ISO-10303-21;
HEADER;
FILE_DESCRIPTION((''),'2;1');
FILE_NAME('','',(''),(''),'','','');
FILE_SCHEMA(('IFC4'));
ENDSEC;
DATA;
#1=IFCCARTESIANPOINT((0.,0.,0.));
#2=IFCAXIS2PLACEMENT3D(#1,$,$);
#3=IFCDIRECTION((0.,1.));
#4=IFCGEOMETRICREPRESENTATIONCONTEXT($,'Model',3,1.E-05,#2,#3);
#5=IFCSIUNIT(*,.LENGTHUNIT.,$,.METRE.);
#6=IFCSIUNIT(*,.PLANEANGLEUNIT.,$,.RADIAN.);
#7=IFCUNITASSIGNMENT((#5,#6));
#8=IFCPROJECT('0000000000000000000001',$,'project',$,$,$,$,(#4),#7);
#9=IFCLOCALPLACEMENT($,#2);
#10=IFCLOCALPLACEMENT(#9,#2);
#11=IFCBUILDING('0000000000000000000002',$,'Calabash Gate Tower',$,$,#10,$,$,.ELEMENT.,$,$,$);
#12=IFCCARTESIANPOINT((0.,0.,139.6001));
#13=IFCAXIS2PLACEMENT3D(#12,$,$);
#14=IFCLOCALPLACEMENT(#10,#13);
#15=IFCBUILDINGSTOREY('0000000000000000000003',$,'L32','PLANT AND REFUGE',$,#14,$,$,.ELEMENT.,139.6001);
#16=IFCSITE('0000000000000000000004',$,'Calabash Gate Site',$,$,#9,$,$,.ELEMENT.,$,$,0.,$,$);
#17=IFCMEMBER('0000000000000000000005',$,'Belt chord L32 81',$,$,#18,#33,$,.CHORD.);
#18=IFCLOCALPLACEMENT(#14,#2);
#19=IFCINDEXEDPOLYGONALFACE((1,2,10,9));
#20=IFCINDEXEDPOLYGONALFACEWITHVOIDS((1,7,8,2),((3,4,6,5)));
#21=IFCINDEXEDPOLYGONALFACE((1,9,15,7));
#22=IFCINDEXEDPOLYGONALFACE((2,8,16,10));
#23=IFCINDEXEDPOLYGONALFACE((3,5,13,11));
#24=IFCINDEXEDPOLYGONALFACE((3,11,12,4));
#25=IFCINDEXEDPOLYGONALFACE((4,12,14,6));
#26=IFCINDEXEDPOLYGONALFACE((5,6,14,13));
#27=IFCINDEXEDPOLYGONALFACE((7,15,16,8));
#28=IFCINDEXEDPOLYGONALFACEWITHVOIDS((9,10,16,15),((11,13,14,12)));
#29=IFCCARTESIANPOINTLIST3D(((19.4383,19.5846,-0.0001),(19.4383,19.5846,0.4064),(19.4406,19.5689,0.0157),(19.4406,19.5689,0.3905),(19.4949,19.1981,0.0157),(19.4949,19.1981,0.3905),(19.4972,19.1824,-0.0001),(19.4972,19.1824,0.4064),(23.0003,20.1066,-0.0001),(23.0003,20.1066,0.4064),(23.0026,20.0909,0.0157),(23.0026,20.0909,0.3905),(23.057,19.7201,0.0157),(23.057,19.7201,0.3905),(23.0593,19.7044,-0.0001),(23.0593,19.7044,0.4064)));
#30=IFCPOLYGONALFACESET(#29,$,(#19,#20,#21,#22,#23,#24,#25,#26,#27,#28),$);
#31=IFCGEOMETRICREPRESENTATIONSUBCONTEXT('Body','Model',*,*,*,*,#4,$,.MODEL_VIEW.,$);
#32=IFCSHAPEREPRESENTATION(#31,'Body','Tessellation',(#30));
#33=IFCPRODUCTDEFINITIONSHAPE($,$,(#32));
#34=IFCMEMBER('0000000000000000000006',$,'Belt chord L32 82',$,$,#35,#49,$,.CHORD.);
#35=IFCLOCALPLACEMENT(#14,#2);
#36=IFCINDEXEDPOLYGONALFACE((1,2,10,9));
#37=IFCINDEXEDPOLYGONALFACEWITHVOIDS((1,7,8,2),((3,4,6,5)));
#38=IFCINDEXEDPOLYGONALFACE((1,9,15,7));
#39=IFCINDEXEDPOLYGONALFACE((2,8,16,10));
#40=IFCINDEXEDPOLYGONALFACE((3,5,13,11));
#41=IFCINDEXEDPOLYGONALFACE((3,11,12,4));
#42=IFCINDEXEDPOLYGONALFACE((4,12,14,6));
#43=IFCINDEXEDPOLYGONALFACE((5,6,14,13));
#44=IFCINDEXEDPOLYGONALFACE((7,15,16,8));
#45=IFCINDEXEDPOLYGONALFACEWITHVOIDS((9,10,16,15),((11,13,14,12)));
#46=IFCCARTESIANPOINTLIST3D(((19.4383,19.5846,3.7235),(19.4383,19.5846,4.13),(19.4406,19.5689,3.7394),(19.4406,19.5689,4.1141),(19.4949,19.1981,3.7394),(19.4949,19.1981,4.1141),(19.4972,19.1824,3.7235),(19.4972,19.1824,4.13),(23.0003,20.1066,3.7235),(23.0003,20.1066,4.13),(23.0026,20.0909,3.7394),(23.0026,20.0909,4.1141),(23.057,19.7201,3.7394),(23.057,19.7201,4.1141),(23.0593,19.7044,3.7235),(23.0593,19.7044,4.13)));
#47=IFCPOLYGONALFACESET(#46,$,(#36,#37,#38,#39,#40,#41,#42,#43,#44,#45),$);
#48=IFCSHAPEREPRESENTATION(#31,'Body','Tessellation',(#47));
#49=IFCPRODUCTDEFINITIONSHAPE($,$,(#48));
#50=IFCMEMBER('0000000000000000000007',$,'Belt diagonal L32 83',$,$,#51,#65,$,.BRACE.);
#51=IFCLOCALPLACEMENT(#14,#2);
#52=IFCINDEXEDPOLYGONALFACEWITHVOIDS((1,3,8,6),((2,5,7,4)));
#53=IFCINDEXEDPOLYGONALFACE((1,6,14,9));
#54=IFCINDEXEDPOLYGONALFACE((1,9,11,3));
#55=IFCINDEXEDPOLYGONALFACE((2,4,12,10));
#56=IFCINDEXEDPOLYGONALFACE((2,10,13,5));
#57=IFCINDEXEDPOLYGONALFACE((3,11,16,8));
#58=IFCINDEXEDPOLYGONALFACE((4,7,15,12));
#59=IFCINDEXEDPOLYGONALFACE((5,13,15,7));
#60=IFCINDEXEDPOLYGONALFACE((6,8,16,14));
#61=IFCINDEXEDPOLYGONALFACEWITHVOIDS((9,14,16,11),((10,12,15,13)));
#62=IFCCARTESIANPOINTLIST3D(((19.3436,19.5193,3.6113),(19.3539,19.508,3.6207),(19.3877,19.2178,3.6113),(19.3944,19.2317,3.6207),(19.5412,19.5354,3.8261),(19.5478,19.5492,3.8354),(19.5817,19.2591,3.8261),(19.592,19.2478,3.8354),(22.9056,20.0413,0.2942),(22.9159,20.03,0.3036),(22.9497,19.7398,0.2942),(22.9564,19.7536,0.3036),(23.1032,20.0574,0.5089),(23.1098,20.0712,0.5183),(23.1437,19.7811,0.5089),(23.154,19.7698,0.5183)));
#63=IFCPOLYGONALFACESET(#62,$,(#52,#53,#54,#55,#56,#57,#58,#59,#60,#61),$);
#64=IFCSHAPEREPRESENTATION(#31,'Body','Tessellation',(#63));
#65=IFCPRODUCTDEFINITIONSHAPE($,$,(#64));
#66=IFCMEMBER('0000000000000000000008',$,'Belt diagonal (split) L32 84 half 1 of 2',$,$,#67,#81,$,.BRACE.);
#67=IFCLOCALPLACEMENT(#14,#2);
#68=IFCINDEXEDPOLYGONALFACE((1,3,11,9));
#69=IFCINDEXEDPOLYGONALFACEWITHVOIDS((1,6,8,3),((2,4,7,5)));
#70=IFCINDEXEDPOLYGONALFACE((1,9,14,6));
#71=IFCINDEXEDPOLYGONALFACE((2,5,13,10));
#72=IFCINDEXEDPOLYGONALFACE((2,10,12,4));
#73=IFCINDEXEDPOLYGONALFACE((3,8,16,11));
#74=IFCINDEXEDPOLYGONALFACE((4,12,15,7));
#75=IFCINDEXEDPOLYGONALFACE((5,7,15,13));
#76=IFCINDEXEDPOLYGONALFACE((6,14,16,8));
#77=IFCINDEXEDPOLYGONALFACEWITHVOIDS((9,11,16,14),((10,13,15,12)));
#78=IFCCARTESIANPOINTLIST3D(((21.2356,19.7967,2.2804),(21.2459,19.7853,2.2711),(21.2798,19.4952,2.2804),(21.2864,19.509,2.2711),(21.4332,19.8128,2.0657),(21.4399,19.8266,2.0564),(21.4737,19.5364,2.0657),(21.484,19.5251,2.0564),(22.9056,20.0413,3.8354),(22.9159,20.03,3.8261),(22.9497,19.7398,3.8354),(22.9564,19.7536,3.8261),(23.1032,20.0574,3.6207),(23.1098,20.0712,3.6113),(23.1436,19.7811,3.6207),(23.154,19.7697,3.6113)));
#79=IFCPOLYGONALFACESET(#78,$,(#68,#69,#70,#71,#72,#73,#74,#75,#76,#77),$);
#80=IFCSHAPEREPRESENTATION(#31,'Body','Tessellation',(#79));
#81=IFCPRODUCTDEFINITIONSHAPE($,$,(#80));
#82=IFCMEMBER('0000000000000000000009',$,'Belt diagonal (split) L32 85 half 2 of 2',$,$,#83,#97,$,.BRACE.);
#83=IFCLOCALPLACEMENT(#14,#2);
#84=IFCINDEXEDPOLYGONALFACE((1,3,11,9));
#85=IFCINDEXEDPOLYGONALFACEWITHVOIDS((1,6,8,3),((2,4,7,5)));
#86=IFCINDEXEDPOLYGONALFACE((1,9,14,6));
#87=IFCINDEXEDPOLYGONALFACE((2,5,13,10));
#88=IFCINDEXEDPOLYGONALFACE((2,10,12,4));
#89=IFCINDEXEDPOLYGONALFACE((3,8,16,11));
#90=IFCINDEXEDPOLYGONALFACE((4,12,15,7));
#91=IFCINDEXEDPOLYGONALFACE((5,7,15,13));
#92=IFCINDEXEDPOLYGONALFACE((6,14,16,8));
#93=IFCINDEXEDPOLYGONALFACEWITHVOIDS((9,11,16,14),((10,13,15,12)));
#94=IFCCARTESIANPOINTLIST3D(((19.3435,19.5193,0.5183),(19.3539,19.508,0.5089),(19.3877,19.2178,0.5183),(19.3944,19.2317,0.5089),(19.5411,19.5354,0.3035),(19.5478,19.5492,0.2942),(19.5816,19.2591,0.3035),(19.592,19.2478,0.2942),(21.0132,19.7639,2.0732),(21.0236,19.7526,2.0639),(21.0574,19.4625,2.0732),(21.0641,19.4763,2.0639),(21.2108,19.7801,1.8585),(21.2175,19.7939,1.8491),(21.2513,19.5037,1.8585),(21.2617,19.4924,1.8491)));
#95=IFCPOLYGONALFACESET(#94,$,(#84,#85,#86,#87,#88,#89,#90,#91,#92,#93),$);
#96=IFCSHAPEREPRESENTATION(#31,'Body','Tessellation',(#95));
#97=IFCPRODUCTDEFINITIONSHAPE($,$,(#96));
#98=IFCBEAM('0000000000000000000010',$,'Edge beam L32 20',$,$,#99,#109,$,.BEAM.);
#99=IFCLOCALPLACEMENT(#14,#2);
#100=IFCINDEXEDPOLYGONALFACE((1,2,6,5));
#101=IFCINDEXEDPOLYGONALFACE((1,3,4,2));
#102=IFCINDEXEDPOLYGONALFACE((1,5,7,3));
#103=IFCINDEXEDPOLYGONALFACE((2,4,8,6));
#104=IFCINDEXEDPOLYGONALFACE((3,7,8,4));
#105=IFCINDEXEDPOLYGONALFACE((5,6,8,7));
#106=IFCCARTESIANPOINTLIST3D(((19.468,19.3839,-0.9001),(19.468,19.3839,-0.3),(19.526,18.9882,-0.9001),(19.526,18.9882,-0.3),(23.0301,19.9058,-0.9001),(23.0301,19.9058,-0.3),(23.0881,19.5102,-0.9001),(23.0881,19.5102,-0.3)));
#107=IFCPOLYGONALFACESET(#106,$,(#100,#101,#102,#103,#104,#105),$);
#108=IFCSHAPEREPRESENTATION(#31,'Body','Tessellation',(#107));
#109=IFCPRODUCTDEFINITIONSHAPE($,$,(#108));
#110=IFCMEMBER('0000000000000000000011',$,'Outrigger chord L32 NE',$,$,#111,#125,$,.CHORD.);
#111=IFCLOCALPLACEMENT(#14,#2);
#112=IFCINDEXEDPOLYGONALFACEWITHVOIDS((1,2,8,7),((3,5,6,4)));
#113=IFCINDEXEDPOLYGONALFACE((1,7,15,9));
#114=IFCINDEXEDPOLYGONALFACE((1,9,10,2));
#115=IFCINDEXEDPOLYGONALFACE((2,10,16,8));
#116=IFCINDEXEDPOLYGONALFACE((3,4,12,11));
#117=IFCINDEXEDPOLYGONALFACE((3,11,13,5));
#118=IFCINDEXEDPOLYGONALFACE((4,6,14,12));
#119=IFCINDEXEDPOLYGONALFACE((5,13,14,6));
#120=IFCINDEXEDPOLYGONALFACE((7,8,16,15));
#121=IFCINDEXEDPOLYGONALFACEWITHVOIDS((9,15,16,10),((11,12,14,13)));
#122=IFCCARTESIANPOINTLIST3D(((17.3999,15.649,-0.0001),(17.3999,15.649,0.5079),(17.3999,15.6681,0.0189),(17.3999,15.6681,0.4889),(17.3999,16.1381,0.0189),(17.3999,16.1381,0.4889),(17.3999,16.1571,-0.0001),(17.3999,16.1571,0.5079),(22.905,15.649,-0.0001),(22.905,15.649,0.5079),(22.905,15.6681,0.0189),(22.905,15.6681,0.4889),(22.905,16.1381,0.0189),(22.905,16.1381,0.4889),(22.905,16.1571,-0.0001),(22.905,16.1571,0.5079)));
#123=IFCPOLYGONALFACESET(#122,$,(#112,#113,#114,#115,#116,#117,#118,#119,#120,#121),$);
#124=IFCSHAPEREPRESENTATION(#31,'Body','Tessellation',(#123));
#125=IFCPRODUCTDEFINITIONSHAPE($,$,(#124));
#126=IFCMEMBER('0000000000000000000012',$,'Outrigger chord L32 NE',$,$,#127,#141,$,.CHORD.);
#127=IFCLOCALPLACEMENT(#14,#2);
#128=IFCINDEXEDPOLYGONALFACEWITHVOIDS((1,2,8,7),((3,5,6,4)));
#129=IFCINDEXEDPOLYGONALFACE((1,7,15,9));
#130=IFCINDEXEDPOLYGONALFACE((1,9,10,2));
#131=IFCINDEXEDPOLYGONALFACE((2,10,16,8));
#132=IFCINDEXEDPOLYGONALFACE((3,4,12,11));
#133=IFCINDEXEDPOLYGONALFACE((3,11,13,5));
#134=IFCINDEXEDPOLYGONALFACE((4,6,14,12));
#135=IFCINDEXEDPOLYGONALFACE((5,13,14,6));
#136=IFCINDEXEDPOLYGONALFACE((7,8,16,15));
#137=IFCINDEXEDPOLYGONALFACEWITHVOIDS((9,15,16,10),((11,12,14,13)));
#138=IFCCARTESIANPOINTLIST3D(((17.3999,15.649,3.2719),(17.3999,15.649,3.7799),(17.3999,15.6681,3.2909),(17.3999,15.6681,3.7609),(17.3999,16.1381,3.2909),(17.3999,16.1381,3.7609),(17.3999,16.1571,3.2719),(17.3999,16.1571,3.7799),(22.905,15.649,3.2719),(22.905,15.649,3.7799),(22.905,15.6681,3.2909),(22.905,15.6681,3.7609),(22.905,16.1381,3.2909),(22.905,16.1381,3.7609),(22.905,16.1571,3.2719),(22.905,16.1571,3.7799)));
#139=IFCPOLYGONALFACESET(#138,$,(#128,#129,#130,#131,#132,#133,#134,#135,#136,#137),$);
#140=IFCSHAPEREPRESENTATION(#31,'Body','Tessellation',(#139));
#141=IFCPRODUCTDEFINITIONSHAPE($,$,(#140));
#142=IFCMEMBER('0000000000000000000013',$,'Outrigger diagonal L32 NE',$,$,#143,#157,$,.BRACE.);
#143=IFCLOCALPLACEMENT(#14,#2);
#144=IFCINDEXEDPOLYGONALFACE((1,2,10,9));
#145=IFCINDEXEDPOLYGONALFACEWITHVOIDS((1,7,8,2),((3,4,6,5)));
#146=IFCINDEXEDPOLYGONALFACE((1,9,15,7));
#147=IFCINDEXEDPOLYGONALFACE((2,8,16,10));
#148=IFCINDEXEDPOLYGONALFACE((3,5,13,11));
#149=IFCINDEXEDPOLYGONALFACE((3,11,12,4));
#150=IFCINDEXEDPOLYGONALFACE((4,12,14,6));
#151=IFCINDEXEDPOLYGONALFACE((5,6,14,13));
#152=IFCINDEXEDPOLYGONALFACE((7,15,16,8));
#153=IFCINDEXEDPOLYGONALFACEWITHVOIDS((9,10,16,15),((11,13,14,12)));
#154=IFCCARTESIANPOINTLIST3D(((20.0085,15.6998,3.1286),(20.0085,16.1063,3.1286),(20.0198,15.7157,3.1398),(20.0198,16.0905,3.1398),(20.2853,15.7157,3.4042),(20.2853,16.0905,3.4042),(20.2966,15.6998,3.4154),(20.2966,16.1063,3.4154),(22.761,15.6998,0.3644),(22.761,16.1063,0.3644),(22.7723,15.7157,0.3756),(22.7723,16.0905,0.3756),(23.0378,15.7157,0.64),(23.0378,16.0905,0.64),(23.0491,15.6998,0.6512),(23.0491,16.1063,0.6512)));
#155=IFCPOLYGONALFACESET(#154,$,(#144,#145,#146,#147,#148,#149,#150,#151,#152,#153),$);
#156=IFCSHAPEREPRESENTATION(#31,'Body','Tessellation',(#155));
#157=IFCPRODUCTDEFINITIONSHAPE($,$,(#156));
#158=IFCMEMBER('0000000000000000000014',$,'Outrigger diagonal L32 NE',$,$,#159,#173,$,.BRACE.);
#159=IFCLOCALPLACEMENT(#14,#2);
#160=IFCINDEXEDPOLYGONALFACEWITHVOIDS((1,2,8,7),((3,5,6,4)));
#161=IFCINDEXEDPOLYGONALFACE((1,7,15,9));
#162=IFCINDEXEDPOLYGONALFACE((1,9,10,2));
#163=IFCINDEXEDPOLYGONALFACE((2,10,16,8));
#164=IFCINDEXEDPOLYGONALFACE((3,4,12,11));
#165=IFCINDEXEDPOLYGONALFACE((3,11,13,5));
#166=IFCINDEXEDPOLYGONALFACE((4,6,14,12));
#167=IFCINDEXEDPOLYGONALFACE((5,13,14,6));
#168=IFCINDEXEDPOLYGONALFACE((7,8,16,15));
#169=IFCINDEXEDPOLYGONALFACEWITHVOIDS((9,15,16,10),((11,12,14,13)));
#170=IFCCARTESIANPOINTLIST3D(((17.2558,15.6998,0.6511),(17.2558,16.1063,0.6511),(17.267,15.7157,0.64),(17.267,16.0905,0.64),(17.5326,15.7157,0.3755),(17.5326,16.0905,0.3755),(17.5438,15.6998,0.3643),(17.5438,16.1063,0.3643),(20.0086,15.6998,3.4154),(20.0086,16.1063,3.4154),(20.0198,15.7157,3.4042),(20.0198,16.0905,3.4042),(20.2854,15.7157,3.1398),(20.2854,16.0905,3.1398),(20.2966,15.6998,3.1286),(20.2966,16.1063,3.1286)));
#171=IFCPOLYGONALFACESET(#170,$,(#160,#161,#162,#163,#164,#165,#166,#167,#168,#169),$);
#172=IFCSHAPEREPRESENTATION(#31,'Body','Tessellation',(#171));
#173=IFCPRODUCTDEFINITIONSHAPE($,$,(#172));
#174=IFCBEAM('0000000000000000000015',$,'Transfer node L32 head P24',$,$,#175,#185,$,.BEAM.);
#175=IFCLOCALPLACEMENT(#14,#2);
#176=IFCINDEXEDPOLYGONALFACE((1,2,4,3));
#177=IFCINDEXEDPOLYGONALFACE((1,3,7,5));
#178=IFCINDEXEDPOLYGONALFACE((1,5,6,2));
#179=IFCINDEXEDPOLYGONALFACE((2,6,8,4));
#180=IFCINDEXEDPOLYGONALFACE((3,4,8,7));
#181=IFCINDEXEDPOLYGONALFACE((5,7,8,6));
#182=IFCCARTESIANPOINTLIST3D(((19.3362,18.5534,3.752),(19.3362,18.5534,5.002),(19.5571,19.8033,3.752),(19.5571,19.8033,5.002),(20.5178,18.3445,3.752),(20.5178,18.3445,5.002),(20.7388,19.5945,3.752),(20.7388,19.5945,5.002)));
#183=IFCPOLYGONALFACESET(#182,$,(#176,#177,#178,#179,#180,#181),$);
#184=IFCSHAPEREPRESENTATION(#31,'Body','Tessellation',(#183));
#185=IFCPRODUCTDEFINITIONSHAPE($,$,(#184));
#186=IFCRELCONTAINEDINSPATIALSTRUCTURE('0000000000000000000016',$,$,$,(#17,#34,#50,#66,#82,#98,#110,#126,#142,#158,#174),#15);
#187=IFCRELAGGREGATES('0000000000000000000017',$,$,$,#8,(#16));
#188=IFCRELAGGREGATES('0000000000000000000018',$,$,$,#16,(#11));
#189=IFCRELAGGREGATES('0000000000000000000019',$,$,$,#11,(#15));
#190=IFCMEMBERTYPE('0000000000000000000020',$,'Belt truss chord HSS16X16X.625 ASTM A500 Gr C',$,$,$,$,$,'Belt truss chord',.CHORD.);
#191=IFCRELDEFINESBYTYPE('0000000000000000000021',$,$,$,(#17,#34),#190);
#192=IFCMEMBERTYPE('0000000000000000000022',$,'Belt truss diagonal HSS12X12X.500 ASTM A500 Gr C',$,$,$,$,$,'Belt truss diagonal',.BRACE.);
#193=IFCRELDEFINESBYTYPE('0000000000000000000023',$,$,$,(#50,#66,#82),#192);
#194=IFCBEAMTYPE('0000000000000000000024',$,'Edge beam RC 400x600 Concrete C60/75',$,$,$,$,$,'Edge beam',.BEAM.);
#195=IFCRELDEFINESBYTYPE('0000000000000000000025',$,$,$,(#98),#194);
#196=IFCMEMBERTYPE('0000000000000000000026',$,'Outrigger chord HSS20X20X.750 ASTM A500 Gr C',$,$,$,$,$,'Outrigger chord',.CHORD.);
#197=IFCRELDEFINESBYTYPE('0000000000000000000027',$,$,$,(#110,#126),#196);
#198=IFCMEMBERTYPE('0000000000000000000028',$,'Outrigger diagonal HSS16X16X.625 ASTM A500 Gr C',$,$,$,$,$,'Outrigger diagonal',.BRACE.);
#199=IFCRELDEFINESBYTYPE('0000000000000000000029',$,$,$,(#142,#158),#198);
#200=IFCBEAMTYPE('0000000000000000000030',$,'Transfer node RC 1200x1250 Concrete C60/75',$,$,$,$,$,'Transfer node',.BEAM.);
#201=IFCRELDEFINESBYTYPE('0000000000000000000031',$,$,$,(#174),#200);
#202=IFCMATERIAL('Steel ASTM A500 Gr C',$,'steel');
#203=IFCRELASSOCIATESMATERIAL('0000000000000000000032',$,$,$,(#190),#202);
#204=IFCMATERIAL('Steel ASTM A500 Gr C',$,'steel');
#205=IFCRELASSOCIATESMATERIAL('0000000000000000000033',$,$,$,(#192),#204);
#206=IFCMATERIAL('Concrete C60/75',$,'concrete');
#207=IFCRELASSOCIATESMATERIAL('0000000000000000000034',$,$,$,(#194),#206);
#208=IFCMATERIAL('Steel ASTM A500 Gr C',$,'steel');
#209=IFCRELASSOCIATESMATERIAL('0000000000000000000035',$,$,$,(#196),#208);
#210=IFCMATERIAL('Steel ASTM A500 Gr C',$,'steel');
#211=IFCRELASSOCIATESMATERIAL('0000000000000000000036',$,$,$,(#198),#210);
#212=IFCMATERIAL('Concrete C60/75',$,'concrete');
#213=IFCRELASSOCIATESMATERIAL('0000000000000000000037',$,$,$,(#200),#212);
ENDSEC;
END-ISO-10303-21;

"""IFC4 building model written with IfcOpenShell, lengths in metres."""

from ifc_helpers import new_model, si_unit, direction, frame, origin, origin_2d, place, context, subcontext, project, spatial, rectangle, hollow_rectangle, extrude, material, material_profile, profile_set, type_object, element, save


model = new_model("IFC4")

# Units and contexts
model_context = context("Model", 3, precision=1e-05, world=origin(), true_north=direction((0.0, 1.0)))
body_context = subcontext(model_context, "Body", "Model", "MODEL_VIEW")
ifc_project = project(units=[si_unit("LENGTHUNIT", "METRE"), si_unit("PLANEANGLEUNIT", "RADIAN")], contexts=[model_context])

# Site, building, storey
site_placement = place(None, origin())
site = spatial("IfcSite", under=ifc_project, at=site_placement, Name="Calabash Gate Site", CompositionType="ELEMENT", RefElevation=0.0)
building_placement = place(site_placement, origin())
building = spatial("IfcBuilding", under=site, at=building_placement, Name="Calabash Gate Tower", CompositionType="ELEMENT")
storey_placement = place(building_placement, frame((0.0, 0.0, 139.6001)))
storey = spatial("IfcBuildingStorey", under=building, at=storey_placement, Name="L32", Description="PLANT AND REFUGE", CompositionType="ELEMENT", Elevation=139.6001)

# Members
ifc_material_1 = material(Name="Steel ASTM A500 Gr C", Category="steel")
ifc_material_profile_1 = material_profile(ifc_material_1, hollow_rectangle(XDim=0.4065, YDim=0.4065, WallThickness=0.0159, at=origin_2d()))
ifc_profile_set_1 = profile_set([ifc_material_profile_1], Name="Steel ASTM A500 Gr C")
member_type_1 = type_object("IfcMemberType", Name="Belt truss chord HSS16X16X.625 ASTM A500 Gr C", ElementType="Belt truss chord", PredefinedType="CHORD", material=ifc_profile_set_1)
for number, where, z_axis, x_axis, name in (
    (1, (23.0298, 19.9055, 0.2031), (-0.989433, -0.14499, 0.0), (0.14499, -0.989433, 0.0), "Belt chord L32 81"),
    (2, (23.0298, 19.9055, 3.9268), (-0.989433, -0.14499, 0.0), (0.14499, -0.989433, 0.0), "Belt chord L32 82"),
):
    element("IfcMember", number, at=place(storey_placement, frame(where, z_axis=z_axis, x_axis=x_axis)), inside=storey, type_object=member_type_1, Name=name, PredefinedType="CHORD", context=body_context, shape_type="SweptSolid", body=[
        extrude(hollow_rectangle(XDim=0.4065, YDim=0.4065, WallThickness=0.0159, at=origin_2d()), origin(), (0.0, 0.0, 1.0), 3.6001),
    ])
ifc_material_2 = material(Name="Steel ASTM A500 Gr C", Category="steel")
ifc_material_profile_2 = material_profile(ifc_material_2, hollow_rectangle(XDim=0.3047, YDim=0.3047, WallThickness=0.0127, at=origin_2d()))
ifc_profile_set_2 = profile_set([ifc_material_profile_2], Name="Steel ASTM A500 Gr C")
member_type_2 = type_object("IfcMemberType", Name="Belt truss diagonal HSS12X12X.500 ASTM A500 Gr C", ElementType="Belt truss diagonal", PredefinedType="BRACE", material=ifc_profile_set_2)
member_1_placement = place(storey_placement, frame((23.0298, 19.9055, 0.4062), z_axis=(-0.727642, -0.106628, 0.677619), x_axis=(0.14499, -0.989433, 0.0)))
element("IfcMember", 3, at=member_1_placement, inside=storey, type_object=member_type_2, Name="Belt diagonal L32 83", PredefinedType="BRACE", context=body_context, shape_type="SweptSolid", body=[
    extrude(hollow_rectangle(XDim=0.3047, YDim=0.3047, WallThickness=0.0127, at=origin_2d()), origin(), (0.0, 0.0, 1.0), 4.8953),
])
member_2_placement = place(storey_placement, frame((23.0298, 19.9055, 3.7234), z_axis=(-0.727685, -0.1066, -0.677577), x_axis=(0.144944, -0.98944, 0.0)))
element("IfcMember", 4, at=member_2_placement, inside=storey, type_object=member_type_2, Name="Belt diagonal (split) L32 84 half 1 of 2", PredefinedType="BRACE", context=body_context, shape_type="SweptSolid", body=[
    extrude(hollow_rectangle(XDim=0.3047, YDim=0.3047, WallThickness=0.0127, at=origin_2d()), origin(), (0.0, 0.0, 1.0), 2.2949),
])
member_3_placement = place(storey_placement, frame((21.1375, 19.6282, 1.9612), z_axis=(-0.727635, -0.106608, -0.67763), x_axis=(0.144965, -0.989437, 0.0)))
element("IfcMember", 5, at=member_3_placement, inside=storey, type_object=member_type_2, Name="Belt diagonal (split) L32 85 half 2 of 2", PredefinedType="BRACE", context=body_context, shape_type="SweptSolid", body=[
    extrude(hollow_rectangle(XDim=0.3047, YDim=0.3047, WallThickness=0.0127, at=origin_2d()), origin(), (0.0, 0.0, 1.0), 2.2947),
])

# Beam
ifc_material_3 = material(Name="Concrete C60/75", Category="concrete")
ifc_material_profile_3 = material_profile(ifc_material_3, rectangle(XDim=0.3999, YDim=0.6001, at=origin_2d()))
ifc_profile_set_3 = profile_set([ifc_material_profile_3], Name="Concrete C60/75")
beam_type_1 = type_object("IfcBeamType", Name="Edge beam RC 400x600 Concrete C60/75", ElementType="Edge beam", PredefinedType="BEAM", material=ifc_profile_set_3)
beam_1_placement = place(storey_placement, frame((23.0591, 19.708, -0.6001), z_axis=(-0.989433, -0.14499, 0.0), x_axis=(0.14499, -0.989433, 0.0)))
element("IfcBeam", 6, at=beam_1_placement, inside=storey, type_object=beam_type_1, Name="Edge beam L32 20", PredefinedType="BEAM", context=body_context, shape_type="SweptSolid", body=[
    extrude(rectangle(XDim=0.3999, YDim=0.6001, at=origin_2d()), origin(), (0.0, 0.0, 1.0), 3.6001),
])

# Members
ifc_material_4 = material(Name="Steel ASTM A500 Gr C", Category="steel")
ifc_material_profile_4 = material_profile(ifc_material_4, hollow_rectangle(XDim=0.5081, YDim=0.5081, WallThickness=0.019, at=origin_2d()))
ifc_profile_set_4 = profile_set([ifc_material_profile_4], Name="Steel ASTM A500 Gr C")
member_type_3 = type_object("IfcMemberType", Name="Outrigger chord HSS20X20X.750 ASTM A500 Gr C", ElementType="Outrigger chord", PredefinedType="CHORD", material=ifc_profile_set_4)
for number, where, z_axis, x_axis, name in (
    (7, (22.905, 15.9031, 0.2539), (-1.0, 0.0, 0.0), (0.0, -1.0, 0.0), "Outrigger chord L32 NE"),
    (8, (22.905, 15.9031, 3.5259), (-1.0, 0.0, 0.0), (0.0, -1.0, 0.0), "Outrigger chord L32 NE"),
):
    element("IfcMember", number, at=place(storey_placement, frame(where, z_axis=z_axis, x_axis=x_axis)), inside=storey, type_object=member_type_3, Name=name, PredefinedType="CHORD", context=body_context, shape_type="SweptSolid", body=[
        extrude(hollow_rectangle(XDim=0.5081, YDim=0.5081, WallThickness=0.019, at=origin_2d()), origin(), (0.0, 0.0, 1.0), 5.5051),
    ])
ifc_material_5 = material(Name="Steel ASTM A500 Gr C", Category="steel")
ifc_material_profile_5 = material_profile(ifc_material_5, hollow_rectangle(XDim=0.4065, YDim=0.4065, WallThickness=0.0159, at=origin_2d()))
ifc_profile_set_5 = profile_set([ifc_material_profile_5], Name="Steel ASTM A500 Gr C")
member_type_4 = type_object("IfcMemberType", Name="Outrigger diagonal HSS16X16X.625 ASTM A500 Gr C", ElementType="Outrigger diagonal", PredefinedType="BRACE", material=ifc_profile_set_5)
member_4_placement = place(storey_placement, frame((22.905, 15.9031, 0.5078), z_axis=(-0.705603, 0.0, 0.708607), x_axis=(0.0, -1.0, 0.0)))
element("IfcMember", 9, at=member_4_placement, inside=storey, type_object=member_type_4, Name="Outrigger diagonal L32 NE", PredefinedType="BRACE", context=body_context, shape_type="SweptSolid", body=[
    extrude(hollow_rectangle(XDim=0.4065, YDim=0.4065, WallThickness=0.0159, at=origin_2d()), origin(), (0.0, 0.0, 1.0), 3.9009),
])
member_5_placement = place(storey_placement, frame((20.1526, 15.9031, 3.272), z_axis=(-0.705635, 0.0, -0.708576), x_axis=(0.0, -1.0, 0.0)))
element("IfcMember", 10, at=member_5_placement, inside=storey, type_object=member_type_4, Name="Outrigger diagonal L32 NE", PredefinedType="BRACE", context=body_context, shape_type="SweptSolid", body=[
    extrude(hollow_rectangle(XDim=0.4065, YDim=0.4065, WallThickness=0.0159, at=origin_2d()), origin(), (0.0, 0.0, 1.0), 3.9011),
])

# Beam
ifc_material_6 = material(Name="Concrete C60/75", Category="concrete")
ifc_material_profile_6 = material_profile(ifc_material_6, rectangle(XDim=1.2, YDim=1.25, at=origin_2d()))
ifc_profile_set_6 = profile_set([ifc_material_profile_6], Name="Concrete C60/75")
beam_type_2 = type_object("IfcBeamType", Name="Transfer node RC 1200x1250 Concrete C60/75", ElementType="Transfer node", PredefinedType="BEAM", material=ifc_profile_set_6)
beam_2_placement = place(storey_placement, frame((19.927, 18.449, 4.377), z_axis=(0.17406, 0.984735, 0.0), x_axis=(-0.984735, 0.17406, 0.0)))
element("IfcBeam", 11, at=beam_2_placement, inside=storey, type_object=beam_type_2, Name="Transfer node L32 head P24", PredefinedType="BEAM", context=body_context, shape_type="SweptSolid", body=[
    extrude(rectangle(XDim=1.2, YDim=1.25, at=origin_2d()), origin(), (0.0, 0.0, 1.0), 1.2693),
])

save(model, "model.ifc")
